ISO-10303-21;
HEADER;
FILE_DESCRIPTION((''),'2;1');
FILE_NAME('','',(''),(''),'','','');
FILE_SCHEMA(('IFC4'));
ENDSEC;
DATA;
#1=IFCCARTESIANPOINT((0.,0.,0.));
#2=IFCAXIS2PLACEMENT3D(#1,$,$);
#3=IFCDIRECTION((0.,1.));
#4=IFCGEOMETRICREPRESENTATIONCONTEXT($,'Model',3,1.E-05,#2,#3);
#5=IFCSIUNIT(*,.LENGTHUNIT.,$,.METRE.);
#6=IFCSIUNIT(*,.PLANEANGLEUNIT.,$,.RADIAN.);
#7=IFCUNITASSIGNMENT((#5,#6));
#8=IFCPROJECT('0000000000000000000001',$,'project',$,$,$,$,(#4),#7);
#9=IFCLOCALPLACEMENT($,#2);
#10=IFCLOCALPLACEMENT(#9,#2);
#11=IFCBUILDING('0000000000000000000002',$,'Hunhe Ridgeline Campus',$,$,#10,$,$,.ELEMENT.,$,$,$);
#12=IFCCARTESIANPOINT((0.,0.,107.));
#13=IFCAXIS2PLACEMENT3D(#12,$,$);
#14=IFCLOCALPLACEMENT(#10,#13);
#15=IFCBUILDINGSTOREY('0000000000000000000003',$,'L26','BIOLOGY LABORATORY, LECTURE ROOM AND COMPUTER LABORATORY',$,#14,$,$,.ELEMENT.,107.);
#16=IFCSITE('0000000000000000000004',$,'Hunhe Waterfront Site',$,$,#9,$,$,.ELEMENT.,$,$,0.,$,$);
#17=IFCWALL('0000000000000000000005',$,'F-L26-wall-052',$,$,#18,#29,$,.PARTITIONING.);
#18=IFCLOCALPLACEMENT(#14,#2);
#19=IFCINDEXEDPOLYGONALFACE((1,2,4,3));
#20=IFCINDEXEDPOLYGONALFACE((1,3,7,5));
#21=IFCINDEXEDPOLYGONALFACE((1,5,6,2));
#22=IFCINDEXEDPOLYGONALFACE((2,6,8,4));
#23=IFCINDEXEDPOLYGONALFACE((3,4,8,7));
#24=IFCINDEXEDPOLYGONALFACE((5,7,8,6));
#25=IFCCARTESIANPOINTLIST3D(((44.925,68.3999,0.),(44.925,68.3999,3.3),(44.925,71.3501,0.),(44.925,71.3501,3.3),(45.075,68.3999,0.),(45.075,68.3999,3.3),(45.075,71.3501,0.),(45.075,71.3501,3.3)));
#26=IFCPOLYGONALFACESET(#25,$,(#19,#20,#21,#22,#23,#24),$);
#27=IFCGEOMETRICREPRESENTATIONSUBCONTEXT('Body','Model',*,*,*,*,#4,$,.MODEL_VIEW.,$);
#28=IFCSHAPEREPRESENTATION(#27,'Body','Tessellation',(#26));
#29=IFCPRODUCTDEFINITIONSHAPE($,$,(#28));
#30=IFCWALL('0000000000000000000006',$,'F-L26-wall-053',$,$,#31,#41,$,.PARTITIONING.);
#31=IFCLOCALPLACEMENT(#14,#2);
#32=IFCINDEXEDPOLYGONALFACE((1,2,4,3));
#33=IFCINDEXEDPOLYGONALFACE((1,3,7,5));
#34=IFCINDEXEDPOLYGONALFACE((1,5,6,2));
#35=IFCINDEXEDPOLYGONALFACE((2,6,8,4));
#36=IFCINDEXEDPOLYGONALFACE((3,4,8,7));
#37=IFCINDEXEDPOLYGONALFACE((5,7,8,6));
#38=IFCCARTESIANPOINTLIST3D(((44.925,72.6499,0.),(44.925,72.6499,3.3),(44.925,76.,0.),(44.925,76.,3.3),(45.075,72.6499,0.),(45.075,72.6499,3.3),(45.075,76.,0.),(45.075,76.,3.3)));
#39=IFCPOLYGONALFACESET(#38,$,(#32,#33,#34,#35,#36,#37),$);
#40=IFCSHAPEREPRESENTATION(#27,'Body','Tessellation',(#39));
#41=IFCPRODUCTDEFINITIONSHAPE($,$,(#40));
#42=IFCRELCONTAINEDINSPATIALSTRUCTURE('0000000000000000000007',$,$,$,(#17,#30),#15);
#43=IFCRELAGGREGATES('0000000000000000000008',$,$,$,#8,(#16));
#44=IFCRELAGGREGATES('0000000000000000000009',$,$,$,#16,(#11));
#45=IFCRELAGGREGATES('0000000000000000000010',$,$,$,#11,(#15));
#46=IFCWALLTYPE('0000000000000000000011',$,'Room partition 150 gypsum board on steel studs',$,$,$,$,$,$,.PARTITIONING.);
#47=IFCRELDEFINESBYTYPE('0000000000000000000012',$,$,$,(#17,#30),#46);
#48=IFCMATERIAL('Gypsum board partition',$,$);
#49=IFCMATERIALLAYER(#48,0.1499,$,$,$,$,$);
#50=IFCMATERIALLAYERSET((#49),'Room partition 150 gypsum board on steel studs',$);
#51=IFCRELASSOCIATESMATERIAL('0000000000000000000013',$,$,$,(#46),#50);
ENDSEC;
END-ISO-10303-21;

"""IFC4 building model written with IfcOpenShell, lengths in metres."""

from ifc_helpers import new_model, si_unit, direction, frame, frame_2d, origin, place, context, subcontext, project, spatial, rectangle, extrude, material, layer, layer_set, type_object, element, save


model = new_model("IFC4")

# Units and contexts
model_context = context("Model", 3, precision=1e-05, world=origin(), true_north=direction((0.0, 1.0)))
body_context = subcontext(model_context, "Body", "Model", "MODEL_VIEW")
ifc_project = project(units=[si_unit("LENGTHUNIT", "METRE"), si_unit("PLANEANGLEUNIT", "RADIAN")], contexts=[model_context])

# Site, building, storey
site_placement = place(None, origin())
site = spatial("IfcSite", under=ifc_project, at=site_placement, Name="Hunhe Waterfront Site", CompositionType="ELEMENT", RefElevation=0.0)
building_placement = place(site_placement, origin())
building = spatial("IfcBuilding", under=site, at=building_placement, Name="Hunhe Ridgeline Campus", CompositionType="ELEMENT")
storey_placement = place(building_placement, frame((0.0, 0.0, 107.0)))
storey = spatial("IfcBuildingStorey", under=building, at=storey_placement, Name="L26", Description="BIOLOGY LABORATORY, LECTURE ROOM AND COMPUTER LABORATORY", CompositionType="ELEMENT", Elevation=107.0)

# Shared definitions
ifc_material_1 = material(Name="Gypsum board partition")

# Walls
ifc_layer_1 = layer(ifc_material_1, 0.1499)
ifc_layer_set_1 = layer_set([ifc_layer_1], Name="Room partition 150 gypsum board on steel studs")
wall_type_1 = type_object("IfcWallType", Name="Room partition 150 gypsum board on steel studs", PredefinedType="PARTITIONING", material=ifc_layer_set_1)
wall_1_placement = place(storey_placement, frame((45.0, 71.3501, 0.0), z_axis=(0.0, 0.0, 1.0), x_axis=(0.0, -1.0, 0.0)))
element("IfcWall", 1, at=wall_1_placement, inside=storey, type_object=wall_type_1, Name="F-L26-wall-052", PredefinedType="PARTITIONING", context=body_context, shape_type="SweptSolid", body=[
    extrude(rectangle(XDim=2.9502, YDim=0.1499, at=frame_2d((1.4751, 0.0))), origin(), (0.0, 0.0, 1.0), 3.3),
])
wall_2_placement = place(storey_placement, frame((45.0, 76.0, 0.0), z_axis=(0.0, 0.0, 1.0), x_axis=(0.0, -1.0, 0.0)))
element("IfcWall", 2, at=wall_2_placement, inside=storey, type_object=wall_type_1, Name="F-L26-wall-053", PredefinedType="PARTITIONING", context=body_context, shape_type="SweptSolid", body=[
    extrude(rectangle(XDim=3.3501, YDim=0.1499, at=frame_2d((1.675, 0.0))), origin(), (0.0, 0.0, 1.0), 3.3),
])

save(model, "model.ifc")
